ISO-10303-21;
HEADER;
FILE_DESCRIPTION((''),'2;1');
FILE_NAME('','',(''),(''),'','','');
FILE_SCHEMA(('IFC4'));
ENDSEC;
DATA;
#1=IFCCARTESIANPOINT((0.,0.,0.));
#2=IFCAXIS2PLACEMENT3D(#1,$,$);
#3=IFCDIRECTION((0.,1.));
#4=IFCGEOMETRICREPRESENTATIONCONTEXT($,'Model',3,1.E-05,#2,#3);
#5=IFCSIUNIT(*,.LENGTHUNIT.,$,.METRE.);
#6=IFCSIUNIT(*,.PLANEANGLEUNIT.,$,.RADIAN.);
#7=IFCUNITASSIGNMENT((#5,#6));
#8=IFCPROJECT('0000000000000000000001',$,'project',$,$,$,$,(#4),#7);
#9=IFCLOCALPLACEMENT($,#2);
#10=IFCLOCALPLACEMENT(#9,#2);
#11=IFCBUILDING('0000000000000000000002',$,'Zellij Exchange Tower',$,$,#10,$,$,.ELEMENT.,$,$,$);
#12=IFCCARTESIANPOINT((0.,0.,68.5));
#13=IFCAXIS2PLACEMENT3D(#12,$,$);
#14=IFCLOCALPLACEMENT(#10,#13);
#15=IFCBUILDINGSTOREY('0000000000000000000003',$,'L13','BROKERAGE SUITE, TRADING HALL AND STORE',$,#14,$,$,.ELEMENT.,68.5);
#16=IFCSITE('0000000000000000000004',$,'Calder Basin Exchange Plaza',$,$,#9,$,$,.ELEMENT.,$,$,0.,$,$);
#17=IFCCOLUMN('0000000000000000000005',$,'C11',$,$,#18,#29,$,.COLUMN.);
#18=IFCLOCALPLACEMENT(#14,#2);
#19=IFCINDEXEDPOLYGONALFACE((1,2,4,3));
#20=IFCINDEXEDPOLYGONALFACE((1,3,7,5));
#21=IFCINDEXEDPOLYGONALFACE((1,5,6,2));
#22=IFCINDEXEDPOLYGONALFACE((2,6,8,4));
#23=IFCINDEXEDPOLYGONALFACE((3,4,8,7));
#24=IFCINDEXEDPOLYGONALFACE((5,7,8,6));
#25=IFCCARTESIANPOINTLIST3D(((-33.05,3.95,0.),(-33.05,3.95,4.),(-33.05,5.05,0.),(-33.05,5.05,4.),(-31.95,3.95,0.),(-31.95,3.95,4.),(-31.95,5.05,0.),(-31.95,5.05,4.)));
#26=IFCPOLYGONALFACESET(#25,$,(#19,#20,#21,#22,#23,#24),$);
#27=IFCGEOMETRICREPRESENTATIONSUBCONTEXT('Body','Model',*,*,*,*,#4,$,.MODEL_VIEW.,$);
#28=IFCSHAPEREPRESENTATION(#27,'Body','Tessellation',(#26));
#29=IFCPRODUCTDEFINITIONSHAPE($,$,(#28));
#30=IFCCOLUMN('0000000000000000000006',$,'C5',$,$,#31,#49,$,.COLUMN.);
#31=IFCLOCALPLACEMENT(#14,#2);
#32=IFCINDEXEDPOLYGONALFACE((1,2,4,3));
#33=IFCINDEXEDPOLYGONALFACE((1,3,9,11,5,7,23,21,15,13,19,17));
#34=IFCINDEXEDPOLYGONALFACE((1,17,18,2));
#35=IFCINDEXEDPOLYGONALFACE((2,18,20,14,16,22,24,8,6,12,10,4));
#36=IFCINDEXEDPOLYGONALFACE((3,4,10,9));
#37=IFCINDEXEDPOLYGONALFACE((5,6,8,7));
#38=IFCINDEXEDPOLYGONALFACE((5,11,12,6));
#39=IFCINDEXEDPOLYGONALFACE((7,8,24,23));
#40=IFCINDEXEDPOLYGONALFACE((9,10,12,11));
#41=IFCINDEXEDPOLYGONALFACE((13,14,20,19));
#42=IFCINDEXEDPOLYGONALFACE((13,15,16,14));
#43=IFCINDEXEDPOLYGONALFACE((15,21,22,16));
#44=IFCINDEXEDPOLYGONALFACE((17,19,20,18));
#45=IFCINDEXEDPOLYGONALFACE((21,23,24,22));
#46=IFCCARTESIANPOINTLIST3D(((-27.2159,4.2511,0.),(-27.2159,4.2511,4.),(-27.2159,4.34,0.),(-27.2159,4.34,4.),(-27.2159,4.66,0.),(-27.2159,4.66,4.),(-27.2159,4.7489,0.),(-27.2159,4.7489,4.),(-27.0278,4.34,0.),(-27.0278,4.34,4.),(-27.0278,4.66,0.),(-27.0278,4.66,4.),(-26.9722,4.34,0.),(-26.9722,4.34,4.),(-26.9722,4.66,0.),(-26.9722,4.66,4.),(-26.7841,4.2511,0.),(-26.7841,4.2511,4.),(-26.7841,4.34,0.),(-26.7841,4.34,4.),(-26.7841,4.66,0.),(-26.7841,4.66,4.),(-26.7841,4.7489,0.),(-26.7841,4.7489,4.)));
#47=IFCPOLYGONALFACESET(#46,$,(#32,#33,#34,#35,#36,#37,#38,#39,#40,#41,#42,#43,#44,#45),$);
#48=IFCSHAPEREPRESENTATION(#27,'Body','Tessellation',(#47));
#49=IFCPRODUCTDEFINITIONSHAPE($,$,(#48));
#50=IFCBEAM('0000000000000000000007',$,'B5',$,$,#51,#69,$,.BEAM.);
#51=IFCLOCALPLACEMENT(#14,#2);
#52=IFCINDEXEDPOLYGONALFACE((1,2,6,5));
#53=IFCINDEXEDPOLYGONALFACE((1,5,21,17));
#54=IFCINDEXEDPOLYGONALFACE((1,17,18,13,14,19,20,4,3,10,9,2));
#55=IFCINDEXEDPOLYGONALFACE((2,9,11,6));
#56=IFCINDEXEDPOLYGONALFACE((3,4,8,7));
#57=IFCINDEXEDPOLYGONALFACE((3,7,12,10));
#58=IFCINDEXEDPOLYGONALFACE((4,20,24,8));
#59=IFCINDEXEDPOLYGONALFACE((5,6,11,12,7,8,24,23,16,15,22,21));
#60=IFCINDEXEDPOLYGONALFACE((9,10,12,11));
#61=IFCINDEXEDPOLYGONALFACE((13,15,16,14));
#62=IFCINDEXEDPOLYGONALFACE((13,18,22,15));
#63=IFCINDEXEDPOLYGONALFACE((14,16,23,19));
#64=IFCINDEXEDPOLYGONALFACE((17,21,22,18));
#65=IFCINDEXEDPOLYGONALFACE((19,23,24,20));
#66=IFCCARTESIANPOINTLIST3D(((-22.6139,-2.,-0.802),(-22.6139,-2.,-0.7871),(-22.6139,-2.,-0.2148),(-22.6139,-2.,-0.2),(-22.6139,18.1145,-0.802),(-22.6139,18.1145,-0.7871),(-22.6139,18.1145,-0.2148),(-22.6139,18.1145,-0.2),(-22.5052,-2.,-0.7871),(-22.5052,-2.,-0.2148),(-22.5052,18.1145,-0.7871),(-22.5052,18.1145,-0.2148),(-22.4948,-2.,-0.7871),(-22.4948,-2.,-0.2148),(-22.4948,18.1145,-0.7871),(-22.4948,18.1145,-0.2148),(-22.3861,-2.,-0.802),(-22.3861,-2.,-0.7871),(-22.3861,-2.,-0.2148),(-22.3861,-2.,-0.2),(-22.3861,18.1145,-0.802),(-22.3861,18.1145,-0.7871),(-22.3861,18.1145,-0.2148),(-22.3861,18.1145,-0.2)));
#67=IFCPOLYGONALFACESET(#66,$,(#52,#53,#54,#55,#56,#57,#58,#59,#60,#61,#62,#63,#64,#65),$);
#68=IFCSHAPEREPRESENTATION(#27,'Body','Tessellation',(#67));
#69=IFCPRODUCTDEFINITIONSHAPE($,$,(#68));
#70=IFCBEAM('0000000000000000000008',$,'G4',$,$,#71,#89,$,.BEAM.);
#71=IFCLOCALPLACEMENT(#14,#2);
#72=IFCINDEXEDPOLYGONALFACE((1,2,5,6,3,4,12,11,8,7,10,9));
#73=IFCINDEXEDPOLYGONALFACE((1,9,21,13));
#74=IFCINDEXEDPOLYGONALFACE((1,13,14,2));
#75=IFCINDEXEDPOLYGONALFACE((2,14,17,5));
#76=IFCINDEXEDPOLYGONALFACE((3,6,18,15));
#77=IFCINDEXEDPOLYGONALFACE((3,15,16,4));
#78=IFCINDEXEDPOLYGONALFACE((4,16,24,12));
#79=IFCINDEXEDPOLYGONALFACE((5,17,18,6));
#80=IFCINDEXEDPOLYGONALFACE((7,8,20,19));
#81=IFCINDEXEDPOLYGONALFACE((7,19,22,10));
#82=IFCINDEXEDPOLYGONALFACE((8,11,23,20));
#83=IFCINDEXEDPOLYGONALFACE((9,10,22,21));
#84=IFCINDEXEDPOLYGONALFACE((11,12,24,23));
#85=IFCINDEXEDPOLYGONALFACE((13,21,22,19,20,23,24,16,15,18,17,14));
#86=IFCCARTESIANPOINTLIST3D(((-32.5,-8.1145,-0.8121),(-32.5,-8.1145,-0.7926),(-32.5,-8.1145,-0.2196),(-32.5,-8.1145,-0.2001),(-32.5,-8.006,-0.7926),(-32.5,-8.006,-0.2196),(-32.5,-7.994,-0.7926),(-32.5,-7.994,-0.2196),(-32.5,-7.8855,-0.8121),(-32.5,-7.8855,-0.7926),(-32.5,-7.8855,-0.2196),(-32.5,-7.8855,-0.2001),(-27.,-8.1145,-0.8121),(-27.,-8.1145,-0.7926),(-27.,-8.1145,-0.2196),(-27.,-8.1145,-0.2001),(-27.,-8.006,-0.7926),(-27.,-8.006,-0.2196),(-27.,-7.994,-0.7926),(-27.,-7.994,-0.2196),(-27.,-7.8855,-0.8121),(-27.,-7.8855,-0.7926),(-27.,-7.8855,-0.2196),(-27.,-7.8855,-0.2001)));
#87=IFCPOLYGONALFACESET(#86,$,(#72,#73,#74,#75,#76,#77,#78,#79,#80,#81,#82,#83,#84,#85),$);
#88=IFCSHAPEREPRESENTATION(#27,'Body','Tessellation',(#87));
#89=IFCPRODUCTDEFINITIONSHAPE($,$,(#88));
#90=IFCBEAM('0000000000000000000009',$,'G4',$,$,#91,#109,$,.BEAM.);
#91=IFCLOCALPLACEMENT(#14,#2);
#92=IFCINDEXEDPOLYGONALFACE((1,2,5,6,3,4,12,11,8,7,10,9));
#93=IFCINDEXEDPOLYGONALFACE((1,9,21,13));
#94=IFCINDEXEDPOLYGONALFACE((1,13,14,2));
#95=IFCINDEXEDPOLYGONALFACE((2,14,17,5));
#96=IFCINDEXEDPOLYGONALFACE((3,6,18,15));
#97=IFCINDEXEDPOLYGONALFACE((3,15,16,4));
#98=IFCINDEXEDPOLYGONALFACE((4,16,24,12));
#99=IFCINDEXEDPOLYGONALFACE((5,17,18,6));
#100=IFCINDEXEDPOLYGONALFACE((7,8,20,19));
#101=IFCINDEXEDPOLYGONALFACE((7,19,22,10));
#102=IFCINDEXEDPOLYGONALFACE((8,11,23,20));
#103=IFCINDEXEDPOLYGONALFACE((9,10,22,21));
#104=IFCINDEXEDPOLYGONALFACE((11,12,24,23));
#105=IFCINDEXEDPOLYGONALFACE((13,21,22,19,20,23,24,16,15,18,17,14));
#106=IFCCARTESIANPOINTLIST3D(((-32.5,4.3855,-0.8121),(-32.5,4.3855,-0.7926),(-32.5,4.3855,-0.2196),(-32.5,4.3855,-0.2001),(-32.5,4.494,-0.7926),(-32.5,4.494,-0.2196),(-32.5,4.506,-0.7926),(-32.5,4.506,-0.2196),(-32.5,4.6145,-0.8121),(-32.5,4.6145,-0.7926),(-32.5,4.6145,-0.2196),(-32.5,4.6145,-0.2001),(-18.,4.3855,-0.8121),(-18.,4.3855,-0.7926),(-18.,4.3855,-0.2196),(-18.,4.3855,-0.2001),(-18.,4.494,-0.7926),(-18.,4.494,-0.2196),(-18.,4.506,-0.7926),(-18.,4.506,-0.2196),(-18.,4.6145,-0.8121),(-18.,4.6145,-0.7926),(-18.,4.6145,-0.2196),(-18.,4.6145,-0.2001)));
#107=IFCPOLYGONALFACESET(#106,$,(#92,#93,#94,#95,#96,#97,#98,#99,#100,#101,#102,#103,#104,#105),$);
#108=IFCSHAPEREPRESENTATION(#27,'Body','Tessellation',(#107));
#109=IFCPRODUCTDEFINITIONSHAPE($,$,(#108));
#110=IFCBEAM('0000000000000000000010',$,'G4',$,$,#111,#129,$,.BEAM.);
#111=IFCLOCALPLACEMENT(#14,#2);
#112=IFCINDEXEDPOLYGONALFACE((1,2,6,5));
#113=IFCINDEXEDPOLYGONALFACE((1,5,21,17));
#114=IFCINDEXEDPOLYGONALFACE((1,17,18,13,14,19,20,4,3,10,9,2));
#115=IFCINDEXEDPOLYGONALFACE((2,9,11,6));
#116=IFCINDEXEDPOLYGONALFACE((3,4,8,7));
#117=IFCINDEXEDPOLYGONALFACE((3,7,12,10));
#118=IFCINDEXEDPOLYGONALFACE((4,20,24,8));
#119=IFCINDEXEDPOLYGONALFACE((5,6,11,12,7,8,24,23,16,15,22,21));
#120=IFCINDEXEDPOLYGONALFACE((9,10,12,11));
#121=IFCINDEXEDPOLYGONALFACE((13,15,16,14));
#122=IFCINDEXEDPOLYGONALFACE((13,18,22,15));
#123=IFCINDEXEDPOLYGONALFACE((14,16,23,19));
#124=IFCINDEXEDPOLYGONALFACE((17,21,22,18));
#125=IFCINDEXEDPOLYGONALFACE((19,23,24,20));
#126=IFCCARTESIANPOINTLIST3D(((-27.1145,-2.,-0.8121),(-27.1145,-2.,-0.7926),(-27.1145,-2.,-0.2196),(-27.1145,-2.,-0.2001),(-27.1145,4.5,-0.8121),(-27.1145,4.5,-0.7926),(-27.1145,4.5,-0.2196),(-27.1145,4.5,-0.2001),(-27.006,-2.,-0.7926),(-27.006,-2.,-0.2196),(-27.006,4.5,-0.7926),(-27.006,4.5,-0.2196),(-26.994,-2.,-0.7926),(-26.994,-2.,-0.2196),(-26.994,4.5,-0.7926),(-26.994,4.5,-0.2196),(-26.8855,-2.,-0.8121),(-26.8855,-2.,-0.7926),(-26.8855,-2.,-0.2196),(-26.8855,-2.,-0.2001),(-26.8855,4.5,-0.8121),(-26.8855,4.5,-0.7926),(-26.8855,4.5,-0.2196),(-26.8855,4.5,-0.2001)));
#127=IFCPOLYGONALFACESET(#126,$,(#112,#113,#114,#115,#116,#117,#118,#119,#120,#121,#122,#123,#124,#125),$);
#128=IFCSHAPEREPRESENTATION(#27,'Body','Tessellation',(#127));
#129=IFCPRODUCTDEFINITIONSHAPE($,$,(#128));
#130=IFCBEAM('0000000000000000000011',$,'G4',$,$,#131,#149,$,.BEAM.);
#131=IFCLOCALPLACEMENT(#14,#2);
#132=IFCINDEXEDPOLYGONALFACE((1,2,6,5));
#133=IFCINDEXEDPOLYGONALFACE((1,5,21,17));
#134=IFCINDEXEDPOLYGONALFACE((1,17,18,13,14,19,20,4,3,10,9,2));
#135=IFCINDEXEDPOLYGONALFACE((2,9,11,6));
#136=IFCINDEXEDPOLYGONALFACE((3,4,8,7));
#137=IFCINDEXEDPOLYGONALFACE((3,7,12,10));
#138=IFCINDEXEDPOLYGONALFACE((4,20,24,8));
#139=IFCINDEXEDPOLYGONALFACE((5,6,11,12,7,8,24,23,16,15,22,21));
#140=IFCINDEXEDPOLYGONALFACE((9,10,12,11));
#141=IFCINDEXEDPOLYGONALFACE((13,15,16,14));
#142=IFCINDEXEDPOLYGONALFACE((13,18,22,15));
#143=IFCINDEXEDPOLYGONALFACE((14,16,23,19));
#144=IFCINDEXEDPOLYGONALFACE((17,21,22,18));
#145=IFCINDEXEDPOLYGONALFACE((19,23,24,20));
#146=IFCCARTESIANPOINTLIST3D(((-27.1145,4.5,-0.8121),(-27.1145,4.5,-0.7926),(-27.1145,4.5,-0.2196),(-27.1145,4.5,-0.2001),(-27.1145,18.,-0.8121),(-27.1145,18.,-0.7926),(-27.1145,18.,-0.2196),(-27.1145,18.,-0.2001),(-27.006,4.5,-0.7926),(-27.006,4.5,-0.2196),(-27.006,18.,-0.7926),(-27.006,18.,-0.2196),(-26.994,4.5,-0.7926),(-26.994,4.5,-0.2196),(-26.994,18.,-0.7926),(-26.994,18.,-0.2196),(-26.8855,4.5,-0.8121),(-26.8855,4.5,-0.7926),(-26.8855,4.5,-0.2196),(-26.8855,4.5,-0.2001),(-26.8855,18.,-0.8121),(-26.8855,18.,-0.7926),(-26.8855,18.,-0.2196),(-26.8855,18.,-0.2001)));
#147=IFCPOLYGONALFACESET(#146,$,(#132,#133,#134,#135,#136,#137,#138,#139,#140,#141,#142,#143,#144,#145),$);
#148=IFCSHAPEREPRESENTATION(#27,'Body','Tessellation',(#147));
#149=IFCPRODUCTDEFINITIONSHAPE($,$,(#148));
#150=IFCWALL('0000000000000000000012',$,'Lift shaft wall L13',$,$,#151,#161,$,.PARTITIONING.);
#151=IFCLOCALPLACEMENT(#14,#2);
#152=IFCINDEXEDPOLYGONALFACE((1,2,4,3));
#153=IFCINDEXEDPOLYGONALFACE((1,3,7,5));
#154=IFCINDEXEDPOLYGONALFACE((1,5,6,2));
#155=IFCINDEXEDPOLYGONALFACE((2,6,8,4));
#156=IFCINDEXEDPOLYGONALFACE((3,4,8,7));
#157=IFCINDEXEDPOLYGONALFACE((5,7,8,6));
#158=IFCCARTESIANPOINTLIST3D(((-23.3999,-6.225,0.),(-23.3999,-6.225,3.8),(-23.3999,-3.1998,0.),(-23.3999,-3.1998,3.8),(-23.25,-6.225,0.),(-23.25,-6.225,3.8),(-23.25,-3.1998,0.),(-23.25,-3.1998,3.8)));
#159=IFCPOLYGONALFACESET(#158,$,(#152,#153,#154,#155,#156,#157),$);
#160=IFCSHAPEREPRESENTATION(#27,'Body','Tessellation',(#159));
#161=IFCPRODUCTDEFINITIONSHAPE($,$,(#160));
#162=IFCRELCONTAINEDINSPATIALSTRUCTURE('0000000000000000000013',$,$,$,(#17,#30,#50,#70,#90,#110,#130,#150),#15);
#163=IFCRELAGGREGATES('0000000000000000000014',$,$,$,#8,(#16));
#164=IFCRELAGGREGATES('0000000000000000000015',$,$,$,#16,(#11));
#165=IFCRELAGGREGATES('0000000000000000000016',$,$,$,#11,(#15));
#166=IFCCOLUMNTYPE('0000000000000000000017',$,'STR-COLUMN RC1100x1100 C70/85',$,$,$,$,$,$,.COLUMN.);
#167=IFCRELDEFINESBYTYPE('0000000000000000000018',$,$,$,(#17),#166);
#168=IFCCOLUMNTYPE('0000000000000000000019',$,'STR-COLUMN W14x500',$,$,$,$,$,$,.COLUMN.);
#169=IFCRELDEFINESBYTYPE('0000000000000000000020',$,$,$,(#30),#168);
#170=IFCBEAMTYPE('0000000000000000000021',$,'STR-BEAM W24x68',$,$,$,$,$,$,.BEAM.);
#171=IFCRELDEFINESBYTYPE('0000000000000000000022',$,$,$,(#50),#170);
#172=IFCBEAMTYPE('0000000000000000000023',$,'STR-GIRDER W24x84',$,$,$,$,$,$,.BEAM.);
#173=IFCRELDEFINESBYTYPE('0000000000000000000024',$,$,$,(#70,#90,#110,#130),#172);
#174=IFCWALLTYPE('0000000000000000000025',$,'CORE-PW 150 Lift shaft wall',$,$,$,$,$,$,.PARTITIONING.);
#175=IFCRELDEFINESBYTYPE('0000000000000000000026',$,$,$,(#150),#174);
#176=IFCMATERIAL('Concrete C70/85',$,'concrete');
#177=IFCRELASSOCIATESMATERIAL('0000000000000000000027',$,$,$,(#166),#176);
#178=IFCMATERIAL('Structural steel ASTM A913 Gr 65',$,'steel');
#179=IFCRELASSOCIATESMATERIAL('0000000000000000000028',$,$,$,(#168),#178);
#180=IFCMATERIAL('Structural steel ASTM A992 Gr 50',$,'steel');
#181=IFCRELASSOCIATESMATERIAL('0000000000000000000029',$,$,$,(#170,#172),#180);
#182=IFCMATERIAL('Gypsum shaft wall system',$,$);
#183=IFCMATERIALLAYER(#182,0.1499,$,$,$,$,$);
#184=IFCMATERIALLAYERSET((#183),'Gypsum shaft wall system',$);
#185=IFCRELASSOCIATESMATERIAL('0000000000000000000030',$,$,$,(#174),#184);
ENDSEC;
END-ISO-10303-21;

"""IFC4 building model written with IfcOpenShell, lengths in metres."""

from ifc_helpers import new_model, si_unit, direction, frame, frame_2d, origin, origin_2d, place, context, subcontext, project, spatial, rectangle, i_section, extrude, material, layer, layer_set, material_profile, profile_set, type_object, element, save


model = new_model("IFC4")

# Units and contexts
model_context = context("Model", 3, precision=1e-05, world=origin(), true_north=direction((0.0, 1.0)))
body_context = subcontext(model_context, "Body", "Model", "MODEL_VIEW")
ifc_project = project(units=[si_unit("LENGTHUNIT", "METRE"), si_unit("PLANEANGLEUNIT", "RADIAN")], contexts=[model_context])

# Site, building, storey
site_placement = place(None, origin())
site = spatial("IfcSite", under=ifc_project, at=site_placement, Name="Calder Basin Exchange Plaza", CompositionType="ELEMENT", RefElevation=0.0)
building_placement = place(site_placement, origin())
building = spatial("IfcBuilding", under=site, at=building_placement, Name="Zellij Exchange Tower", CompositionType="ELEMENT")
storey_placement = place(building_placement, frame((0.0, 0.0, 68.5)))
storey = spatial("IfcBuildingStorey", under=building, at=storey_placement, Name="L13", Description="BROKERAGE SUITE, TRADING HALL AND STORE", CompositionType="ELEMENT", Elevation=68.5)

# Columns
ifc_material_1 = material(Name="Concrete C70/85", Category="concrete")
ifc_material_profile_1 = material_profile(ifc_material_1, rectangle(XDim=1.1001, YDim=1.1001, at=origin_2d()), Name="STR-COLUMN RC1100x1100 C70/85")
ifc_profile_set_1 = profile_set([ifc_material_profile_1], Name="Concrete C70/85")
column_type_1 = type_object("IfcColumnType", Name="STR-COLUMN RC1100x1100 C70/85", PredefinedType="COLUMN", material=ifc_profile_set_1)
column_1_placement = place(storey_placement, frame((-32.5, 4.5, 0.0), z_axis=(0.0, 0.0, 1.0), x_axis=(1.0, 0.0, 0.0)))
element("IfcColumn", 1, at=column_1_placement, inside=storey, type_object=column_type_1, Name="C11", PredefinedType="COLUMN", context=body_context, shape_type="SweptSolid", body=[
    extrude(rectangle(XDim=1.1001, YDim=1.1001, at=origin_2d()), origin(), (0.0, 0.0, 1.0), 4.0),
])
ifc_material_2 = material(Name="Structural steel ASTM A913 Gr 65", Category="steel")
ifc_material_profile_2 = material_profile(ifc_material_2, i_section(OverallWidth=0.4319, OverallDepth=0.4978, WebThickness=0.0557, FlangeThickness=0.0889, at=origin_2d()), Name="W14x500")
ifc_profile_set_2 = profile_set([ifc_material_profile_2], Name="Structural steel ASTM A913 Gr 65")
column_type_2 = type_object("IfcColumnType", Name="STR-COLUMN W14x500", PredefinedType="COLUMN", material=ifc_profile_set_2)
column_2_placement = place(storey_placement, frame((-27.0, 4.5, 0.0), z_axis=(0.0, 0.0, 1.0), x_axis=(1.0, 0.0, 0.0)))
element("IfcColumn", 2, at=column_2_placement, inside=storey, type_object=column_type_2, Name="C5", PredefinedType="COLUMN", context=body_context, shape_type="SweptSolid", body=[
    extrude(i_section(OverallWidth=0.4319, OverallDepth=0.4978, WebThickness=0.0557, FlangeThickness=0.0889, at=origin_2d()), origin(), (0.0, 0.0, 1.0), 4.0),
])

# Beams
ifc_material_3 = material(Name="Structural steel ASTM A992 Gr 50", Category="steel")
ifc_material_profile_3 = material_profile(ifc_material_3, i_section(OverallWidth=0.2278, OverallDepth=0.6021, WebThickness=0.0105, FlangeThickness=0.0149, at=origin_2d()), Name="W24x68")
ifc_profile_set_3 = profile_set([ifc_material_profile_3], Name="Structural steel ASTM A992 Gr 50")
beam_type_1 = type_object("IfcBeamType", Name="STR-BEAM W24x68", PredefinedType="BEAM", material=ifc_profile_set_3)
beam_1_placement = place(storey_placement, frame((-22.5, -2.0, -0.501), z_axis=(0.0, 1.0, 0.0), x_axis=(-1.0, 0.0, 0.0)))
element("IfcBeam", 3, at=beam_1_placement, inside=storey, type_object=beam_type_1, Name="B5", PredefinedType="BEAM", context=body_context, shape_type="SweptSolid", body=[
    extrude(i_section(OverallWidth=0.2278, OverallDepth=0.6021, WebThickness=0.0105, FlangeThickness=0.0149, at=origin_2d()), origin(), (0.0, 0.0, 1.0), 20.1145),
])
ifc_material_profile_4 = material_profile(ifc_material_3, i_section(OverallWidth=0.229, OverallDepth=0.6121, WebThickness=0.012, FlangeThickness=0.0195, at=origin_2d()), Name="W24x84")
ifc_profile_set_4 = profile_set([ifc_material_profile_4], Name="Structural steel ASTM A992 Gr 50")
beam_type_2 = type_object("IfcBeamType", Name="STR-GIRDER W24x84", PredefinedType="BEAM", material=ifc_profile_set_4)
beam_2_placement = place(storey_placement, frame((-32.5, -8.0, -0.5061), z_axis=(1.0, 0.0, 0.0), x_axis=(0.0, 1.0, 0.0)))
element("IfcBeam", 4, at=beam_2_placement, inside=storey, type_object=beam_type_2, Name="G4", PredefinedType="BEAM", context=body_context, shape_type="SweptSolid", body=[
    extrude(i_section(OverallWidth=0.229, OverallDepth=0.6121, WebThickness=0.012, FlangeThickness=0.0195, at=origin_2d()), origin(), (0.0, 0.0, 1.0), 5.5),
])
beam_3_placement = place(storey_placement, frame((-32.5, 4.5, -0.5061), z_axis=(1.0, 0.0, 0.0), x_axis=(0.0, 1.0, 0.0)))
element("IfcBeam", 5, at=beam_3_placement, inside=storey, type_object=beam_type_2, Name="G4", PredefinedType="BEAM", context=body_context, shape_type="SweptSolid", body=[
    extrude(i_section(OverallWidth=0.229, OverallDepth=0.6121, WebThickness=0.012, FlangeThickness=0.0195, at=origin_2d()), origin(), (0.0, 0.0, 1.0), 14.5),
])
beam_4_placement = place(storey_placement, frame((-27.0, -2.0, -0.5061), z_axis=(0.0, 1.0, 0.0), x_axis=(-1.0, 0.0, 0.0)))
element("IfcBeam", 6, at=beam_4_placement, inside=storey, type_object=beam_type_2, Name="G4", PredefinedType="BEAM", context=body_context, shape_type="SweptSolid", body=[
    extrude(i_section(OverallWidth=0.229, OverallDepth=0.6121, WebThickness=0.012, FlangeThickness=0.0195, at=origin_2d()), origin(), (0.0, 0.0, 1.0), 6.5),
])
beam_5_placement = place(storey_placement, frame((-27.0, 4.5, -0.5061), z_axis=(0.0, 1.0, 0.0), x_axis=(-1.0, 0.0, 0.0)))
element("IfcBeam", 7, at=beam_5_placement, inside=storey, type_object=beam_type_2, Name="G4", PredefinedType="BEAM", context=body_context, shape_type="SweptSolid", body=[
    extrude(i_section(OverallWidth=0.229, OverallDepth=0.6121, WebThickness=0.012, FlangeThickness=0.0195, at=origin_2d()), origin(), (0.0, 0.0, 1.0), 13.5),
])

# Wall
ifc_material_4 = material(Name="Gypsum shaft wall system")
ifc_layer_1 = layer(ifc_material_4, 0.1499)
ifc_layer_set_1 = layer_set([ifc_layer_1], Name="Gypsum shaft wall system")
wall_type_1 = type_object("IfcWallType", Name="CORE-PW 150 Lift shaft wall", PredefinedType="PARTITIONING", material=ifc_layer_set_1)
wall_1_placement = place(storey_placement, frame((-23.325, -6.2251, 0.0), z_axis=(0.0, 0.0, 1.0), x_axis=(0.0, 1.0, 0.0)))
element("IfcWall", 8, at=wall_1_placement, inside=storey, type_object=wall_type_1, Name="Lift shaft wall L13", PredefinedType="PARTITIONING", context=body_context, shape_type="SweptSolid", body=[
    extrude(rectangle(XDim=3.0251, YDim=0.1499, at=frame_2d((1.5127, 0.0))), origin(), (0.0, 0.0, 1.0), 3.8),
])

save(model, "model.ifc")
